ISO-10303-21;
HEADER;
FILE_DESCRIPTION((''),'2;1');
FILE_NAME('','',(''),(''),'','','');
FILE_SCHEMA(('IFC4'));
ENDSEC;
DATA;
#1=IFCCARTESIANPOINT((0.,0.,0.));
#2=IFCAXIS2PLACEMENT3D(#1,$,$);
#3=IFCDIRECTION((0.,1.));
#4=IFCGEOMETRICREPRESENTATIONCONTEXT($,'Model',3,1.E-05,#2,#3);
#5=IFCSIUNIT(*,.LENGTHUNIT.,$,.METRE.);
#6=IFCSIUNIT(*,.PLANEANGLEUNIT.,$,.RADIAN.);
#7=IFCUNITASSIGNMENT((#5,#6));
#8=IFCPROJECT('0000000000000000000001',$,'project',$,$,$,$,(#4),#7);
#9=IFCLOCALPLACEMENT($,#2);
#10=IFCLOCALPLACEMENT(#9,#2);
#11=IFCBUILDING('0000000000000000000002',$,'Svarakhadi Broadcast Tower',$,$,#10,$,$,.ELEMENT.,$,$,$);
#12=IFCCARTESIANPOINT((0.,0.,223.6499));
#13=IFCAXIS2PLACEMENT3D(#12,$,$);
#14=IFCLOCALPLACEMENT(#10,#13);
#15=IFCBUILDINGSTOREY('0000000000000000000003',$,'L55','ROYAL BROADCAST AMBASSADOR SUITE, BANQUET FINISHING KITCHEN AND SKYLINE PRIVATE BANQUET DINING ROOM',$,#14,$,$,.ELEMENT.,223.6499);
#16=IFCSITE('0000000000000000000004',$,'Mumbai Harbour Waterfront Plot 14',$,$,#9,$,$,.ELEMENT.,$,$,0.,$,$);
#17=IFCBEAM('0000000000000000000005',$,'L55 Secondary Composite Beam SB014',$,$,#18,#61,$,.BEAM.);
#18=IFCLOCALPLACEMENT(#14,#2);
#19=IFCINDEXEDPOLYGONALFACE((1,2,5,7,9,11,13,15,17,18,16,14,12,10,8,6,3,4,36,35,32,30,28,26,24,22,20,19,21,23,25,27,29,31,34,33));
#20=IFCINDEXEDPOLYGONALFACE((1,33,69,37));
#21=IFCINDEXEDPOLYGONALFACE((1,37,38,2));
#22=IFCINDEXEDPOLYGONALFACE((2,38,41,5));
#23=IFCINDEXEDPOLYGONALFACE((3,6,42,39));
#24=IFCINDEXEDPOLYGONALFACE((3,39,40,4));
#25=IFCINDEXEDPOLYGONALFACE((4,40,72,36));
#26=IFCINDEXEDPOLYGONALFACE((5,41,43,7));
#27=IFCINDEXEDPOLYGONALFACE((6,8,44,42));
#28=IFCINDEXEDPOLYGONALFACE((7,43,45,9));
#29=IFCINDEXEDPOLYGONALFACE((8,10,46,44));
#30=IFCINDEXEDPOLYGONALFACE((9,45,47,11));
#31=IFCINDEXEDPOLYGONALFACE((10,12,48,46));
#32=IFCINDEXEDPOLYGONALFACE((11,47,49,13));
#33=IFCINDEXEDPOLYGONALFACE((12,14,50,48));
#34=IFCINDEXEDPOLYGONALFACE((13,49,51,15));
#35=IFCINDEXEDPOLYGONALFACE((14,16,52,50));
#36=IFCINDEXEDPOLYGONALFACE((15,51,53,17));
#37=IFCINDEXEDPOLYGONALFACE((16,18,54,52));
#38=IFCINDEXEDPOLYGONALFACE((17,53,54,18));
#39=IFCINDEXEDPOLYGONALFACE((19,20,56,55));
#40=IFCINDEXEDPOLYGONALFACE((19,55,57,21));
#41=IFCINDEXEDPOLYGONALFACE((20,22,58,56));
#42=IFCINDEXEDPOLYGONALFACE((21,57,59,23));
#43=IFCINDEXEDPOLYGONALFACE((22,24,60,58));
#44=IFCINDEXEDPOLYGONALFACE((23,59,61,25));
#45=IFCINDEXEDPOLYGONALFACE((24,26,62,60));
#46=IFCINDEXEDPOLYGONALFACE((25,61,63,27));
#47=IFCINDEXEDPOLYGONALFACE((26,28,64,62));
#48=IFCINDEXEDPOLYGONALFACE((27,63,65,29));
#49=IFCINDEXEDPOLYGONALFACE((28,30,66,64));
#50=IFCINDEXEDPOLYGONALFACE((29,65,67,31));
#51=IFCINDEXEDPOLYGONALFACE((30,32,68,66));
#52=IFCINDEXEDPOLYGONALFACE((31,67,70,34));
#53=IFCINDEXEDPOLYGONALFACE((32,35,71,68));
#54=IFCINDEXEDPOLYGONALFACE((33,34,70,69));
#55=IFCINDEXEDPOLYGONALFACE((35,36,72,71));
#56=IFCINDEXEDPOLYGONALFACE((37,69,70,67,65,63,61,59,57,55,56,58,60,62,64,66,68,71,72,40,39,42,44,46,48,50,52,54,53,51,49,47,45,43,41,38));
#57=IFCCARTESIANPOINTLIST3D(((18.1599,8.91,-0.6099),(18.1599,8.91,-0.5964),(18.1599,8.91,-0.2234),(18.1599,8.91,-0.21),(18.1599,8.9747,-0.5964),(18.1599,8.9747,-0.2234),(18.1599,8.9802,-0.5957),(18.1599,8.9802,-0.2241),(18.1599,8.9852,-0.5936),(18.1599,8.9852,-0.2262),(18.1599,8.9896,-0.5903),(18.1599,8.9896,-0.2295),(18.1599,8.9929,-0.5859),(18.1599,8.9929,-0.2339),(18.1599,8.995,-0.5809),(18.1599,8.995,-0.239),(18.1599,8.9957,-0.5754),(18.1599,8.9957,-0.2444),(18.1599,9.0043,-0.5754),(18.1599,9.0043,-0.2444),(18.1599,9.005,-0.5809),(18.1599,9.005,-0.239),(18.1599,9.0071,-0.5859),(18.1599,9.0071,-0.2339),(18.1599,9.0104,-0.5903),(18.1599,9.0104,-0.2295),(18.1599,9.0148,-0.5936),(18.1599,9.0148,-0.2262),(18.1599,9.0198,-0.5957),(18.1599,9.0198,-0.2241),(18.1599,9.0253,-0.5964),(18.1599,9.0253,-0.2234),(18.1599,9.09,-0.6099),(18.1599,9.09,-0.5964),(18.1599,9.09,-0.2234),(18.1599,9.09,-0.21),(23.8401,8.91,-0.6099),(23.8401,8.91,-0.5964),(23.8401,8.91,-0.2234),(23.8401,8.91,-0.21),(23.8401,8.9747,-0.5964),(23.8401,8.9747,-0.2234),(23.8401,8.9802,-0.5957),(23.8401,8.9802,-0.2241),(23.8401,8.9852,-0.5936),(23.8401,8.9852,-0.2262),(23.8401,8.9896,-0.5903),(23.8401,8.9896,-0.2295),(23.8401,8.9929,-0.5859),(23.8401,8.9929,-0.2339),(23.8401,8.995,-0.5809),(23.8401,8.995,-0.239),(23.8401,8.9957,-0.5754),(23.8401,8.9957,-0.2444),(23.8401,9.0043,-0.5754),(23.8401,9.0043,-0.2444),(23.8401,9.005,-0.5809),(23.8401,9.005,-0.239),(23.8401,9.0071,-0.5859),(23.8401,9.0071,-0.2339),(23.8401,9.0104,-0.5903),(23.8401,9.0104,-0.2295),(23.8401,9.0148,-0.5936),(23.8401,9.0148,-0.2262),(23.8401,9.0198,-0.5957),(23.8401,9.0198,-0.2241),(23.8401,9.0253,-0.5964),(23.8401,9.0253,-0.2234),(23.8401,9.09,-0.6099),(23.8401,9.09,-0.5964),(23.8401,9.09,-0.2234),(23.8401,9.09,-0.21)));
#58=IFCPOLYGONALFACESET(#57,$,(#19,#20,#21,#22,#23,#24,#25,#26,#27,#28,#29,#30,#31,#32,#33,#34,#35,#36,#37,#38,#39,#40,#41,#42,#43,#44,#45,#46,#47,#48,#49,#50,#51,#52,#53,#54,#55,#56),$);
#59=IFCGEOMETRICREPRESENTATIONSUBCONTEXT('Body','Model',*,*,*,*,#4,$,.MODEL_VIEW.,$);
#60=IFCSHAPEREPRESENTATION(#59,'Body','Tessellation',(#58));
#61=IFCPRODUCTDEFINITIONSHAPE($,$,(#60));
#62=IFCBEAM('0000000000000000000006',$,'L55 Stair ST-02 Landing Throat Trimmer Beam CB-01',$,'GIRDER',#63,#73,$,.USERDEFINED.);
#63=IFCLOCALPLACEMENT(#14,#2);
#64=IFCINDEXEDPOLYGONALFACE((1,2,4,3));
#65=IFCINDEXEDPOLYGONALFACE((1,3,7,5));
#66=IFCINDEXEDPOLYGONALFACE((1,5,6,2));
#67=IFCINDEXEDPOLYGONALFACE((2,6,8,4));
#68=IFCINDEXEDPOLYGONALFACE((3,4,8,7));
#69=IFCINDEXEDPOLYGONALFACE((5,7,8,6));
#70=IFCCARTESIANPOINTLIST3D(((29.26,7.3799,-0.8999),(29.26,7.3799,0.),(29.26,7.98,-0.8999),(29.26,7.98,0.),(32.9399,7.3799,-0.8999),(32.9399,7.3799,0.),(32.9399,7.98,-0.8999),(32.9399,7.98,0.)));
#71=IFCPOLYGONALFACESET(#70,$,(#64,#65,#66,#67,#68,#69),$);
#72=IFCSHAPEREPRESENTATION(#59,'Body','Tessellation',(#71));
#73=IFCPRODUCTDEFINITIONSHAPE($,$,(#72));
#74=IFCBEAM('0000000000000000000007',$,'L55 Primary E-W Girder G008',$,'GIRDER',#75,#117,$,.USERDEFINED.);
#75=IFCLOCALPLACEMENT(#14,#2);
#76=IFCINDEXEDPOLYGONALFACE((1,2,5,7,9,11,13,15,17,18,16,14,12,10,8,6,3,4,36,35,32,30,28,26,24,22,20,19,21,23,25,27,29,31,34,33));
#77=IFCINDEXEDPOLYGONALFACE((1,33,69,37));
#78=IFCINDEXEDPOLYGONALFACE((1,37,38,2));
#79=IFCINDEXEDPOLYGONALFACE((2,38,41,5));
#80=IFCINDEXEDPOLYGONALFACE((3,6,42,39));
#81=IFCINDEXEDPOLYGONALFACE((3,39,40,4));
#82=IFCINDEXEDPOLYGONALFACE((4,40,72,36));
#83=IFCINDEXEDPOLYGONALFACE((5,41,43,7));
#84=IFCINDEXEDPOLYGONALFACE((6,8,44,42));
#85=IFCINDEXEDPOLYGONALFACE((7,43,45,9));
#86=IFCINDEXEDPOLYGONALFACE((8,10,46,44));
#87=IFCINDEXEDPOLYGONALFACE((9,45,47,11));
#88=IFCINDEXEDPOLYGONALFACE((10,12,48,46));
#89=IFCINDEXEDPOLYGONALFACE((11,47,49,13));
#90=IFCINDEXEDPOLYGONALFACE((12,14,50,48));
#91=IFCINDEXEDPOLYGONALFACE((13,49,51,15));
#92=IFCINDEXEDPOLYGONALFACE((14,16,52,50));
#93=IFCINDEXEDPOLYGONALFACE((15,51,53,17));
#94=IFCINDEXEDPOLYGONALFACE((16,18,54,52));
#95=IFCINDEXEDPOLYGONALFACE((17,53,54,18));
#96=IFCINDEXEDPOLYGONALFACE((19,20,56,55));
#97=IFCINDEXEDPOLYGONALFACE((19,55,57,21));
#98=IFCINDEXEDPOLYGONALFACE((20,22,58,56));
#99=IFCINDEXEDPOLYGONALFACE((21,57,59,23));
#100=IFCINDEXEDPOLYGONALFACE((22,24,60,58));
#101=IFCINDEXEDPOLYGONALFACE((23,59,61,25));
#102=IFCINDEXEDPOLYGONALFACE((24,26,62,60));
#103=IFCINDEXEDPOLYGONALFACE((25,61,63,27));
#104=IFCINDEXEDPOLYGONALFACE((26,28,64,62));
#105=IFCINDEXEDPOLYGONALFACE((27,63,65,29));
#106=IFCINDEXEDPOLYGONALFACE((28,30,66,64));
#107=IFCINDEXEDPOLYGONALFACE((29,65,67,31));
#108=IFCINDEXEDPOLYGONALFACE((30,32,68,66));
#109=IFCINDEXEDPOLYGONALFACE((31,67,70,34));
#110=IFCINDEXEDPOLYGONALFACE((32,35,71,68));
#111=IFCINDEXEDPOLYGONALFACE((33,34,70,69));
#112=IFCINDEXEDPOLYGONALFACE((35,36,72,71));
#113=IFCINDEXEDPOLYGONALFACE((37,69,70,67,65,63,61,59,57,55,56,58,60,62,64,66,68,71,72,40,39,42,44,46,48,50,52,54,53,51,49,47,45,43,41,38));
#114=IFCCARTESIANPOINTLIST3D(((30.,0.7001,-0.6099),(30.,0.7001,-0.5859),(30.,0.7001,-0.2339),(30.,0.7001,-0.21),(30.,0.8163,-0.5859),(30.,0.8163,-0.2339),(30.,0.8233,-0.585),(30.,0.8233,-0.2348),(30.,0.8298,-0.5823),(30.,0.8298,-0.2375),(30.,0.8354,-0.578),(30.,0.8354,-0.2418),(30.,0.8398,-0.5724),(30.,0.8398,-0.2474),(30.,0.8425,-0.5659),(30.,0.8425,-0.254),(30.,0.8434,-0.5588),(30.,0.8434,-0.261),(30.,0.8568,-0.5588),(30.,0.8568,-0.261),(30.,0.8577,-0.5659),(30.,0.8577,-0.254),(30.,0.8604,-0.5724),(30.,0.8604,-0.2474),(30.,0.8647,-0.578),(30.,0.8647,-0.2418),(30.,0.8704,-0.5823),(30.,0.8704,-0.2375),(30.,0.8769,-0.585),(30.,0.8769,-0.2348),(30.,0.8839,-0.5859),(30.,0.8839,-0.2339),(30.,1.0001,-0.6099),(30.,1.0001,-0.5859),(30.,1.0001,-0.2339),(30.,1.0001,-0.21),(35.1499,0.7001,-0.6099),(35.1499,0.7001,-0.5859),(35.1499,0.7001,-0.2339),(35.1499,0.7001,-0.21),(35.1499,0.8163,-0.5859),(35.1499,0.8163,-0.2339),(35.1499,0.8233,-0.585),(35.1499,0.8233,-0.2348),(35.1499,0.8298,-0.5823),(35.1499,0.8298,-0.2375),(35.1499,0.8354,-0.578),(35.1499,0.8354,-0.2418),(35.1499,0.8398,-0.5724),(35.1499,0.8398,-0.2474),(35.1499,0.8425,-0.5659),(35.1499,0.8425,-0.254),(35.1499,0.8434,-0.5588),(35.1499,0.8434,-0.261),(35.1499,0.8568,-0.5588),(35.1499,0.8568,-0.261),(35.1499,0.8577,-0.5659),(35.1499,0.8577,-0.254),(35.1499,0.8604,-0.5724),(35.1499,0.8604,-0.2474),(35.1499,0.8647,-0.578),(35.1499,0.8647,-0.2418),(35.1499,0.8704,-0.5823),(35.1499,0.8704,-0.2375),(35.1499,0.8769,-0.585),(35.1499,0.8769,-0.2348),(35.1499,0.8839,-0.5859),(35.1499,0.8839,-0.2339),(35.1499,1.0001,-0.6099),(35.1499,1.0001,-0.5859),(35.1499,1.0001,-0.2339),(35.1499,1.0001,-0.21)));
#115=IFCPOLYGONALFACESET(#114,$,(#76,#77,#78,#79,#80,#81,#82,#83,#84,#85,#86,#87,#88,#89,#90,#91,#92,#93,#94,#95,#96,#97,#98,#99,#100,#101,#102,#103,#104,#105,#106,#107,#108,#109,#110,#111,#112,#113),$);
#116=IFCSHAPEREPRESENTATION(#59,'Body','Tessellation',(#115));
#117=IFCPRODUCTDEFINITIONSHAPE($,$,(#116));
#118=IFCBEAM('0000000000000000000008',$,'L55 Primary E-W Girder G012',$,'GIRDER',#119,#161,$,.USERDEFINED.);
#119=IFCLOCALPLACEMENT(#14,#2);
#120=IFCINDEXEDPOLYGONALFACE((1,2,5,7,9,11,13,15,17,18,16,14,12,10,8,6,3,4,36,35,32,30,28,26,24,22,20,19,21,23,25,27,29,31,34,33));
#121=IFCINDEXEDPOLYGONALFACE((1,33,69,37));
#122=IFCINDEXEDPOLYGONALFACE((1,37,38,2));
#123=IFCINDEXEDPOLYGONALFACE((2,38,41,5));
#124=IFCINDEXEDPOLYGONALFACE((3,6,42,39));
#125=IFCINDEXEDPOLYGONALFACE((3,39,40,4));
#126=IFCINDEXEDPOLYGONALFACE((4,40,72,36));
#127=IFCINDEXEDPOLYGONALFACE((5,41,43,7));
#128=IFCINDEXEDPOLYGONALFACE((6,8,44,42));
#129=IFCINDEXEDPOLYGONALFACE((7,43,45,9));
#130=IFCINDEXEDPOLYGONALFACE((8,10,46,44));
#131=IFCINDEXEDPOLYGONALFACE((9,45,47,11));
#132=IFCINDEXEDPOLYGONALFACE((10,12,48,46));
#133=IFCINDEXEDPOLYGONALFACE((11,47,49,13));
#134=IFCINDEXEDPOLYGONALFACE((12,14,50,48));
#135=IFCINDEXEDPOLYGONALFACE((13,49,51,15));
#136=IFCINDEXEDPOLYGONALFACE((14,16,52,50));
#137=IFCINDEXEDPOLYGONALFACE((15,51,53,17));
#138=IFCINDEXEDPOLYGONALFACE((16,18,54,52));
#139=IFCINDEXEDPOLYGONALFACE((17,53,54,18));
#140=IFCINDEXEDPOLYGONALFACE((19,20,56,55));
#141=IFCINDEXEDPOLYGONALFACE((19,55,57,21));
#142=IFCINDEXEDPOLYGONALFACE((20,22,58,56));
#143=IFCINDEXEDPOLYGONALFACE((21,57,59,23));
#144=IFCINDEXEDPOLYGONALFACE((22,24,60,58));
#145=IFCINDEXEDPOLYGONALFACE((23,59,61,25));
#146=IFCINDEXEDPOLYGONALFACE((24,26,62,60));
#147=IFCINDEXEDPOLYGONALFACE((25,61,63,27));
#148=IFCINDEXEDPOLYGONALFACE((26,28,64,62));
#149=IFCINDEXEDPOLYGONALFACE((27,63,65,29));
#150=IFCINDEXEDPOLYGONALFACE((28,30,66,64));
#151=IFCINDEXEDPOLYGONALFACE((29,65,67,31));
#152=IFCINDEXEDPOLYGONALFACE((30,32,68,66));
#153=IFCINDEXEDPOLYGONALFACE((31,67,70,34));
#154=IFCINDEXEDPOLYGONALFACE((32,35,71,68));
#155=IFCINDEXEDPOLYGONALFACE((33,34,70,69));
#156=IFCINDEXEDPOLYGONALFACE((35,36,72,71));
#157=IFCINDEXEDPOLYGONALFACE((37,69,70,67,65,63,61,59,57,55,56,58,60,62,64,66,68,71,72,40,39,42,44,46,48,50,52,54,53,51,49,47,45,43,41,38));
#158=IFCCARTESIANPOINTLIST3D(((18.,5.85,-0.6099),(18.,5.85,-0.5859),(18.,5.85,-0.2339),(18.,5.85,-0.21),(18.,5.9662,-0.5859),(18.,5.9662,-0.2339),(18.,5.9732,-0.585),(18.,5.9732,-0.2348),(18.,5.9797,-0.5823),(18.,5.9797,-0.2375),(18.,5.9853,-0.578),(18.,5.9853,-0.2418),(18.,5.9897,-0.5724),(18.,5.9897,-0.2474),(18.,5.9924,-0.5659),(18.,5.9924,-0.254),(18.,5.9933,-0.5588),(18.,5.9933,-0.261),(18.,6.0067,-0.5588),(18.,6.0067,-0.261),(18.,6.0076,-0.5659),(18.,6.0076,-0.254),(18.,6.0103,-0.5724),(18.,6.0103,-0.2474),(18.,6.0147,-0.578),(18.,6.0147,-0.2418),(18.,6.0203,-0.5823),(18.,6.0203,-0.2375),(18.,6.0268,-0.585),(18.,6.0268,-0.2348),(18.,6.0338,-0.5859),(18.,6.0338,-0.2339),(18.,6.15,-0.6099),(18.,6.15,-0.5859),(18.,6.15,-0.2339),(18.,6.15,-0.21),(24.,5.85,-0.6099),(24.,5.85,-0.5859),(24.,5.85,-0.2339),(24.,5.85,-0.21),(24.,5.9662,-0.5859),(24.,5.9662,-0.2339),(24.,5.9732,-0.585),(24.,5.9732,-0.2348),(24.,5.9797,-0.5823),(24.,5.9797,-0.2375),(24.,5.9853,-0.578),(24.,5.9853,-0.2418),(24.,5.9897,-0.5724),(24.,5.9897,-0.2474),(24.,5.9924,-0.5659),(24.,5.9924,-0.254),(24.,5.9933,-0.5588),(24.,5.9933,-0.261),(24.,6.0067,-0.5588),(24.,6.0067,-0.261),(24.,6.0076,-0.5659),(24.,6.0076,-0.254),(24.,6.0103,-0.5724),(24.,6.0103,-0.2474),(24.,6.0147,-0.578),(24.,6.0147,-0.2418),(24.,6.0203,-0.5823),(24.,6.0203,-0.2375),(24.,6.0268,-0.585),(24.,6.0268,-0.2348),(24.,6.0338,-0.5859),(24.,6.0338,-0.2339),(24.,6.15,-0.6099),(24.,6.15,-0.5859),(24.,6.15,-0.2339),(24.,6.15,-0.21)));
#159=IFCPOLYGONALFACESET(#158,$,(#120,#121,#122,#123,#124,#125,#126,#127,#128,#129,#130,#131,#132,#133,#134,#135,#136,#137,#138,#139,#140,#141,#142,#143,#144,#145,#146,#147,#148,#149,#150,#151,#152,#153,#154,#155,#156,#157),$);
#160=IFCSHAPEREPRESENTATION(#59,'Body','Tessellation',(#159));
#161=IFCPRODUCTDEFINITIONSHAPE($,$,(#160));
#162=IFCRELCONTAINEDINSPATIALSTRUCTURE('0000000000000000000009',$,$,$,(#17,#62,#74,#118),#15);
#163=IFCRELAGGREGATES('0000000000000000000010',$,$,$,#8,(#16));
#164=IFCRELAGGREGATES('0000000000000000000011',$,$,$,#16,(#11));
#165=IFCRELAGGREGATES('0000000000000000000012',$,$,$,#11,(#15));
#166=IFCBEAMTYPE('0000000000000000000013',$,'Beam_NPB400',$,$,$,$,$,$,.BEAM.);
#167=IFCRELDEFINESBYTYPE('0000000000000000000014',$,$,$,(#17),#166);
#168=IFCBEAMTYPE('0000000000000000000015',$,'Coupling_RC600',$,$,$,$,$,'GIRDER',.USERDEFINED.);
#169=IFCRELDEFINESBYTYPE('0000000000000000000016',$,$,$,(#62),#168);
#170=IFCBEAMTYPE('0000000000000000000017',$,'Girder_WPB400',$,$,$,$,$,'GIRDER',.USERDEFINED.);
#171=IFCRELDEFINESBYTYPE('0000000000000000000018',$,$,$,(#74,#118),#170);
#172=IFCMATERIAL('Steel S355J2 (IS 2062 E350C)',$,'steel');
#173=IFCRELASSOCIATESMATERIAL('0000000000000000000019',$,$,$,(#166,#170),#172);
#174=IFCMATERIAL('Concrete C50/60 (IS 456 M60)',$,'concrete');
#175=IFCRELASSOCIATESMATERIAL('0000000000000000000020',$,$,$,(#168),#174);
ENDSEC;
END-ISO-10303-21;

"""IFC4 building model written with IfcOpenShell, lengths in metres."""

from ifc_helpers import new_model, si_unit, direction, frame, origin, origin_2d, place, context, subcontext, project, spatial, rectangle, i_section, extrude, material, material_profile, profile_set, type_object, element, save


model = new_model("IFC4")

# Units and contexts
model_context = context("Model", 3, precision=1e-05, world=origin(), true_north=direction((0.0, 1.0)))
body_context = subcontext(model_context, "Body", "Model", "MODEL_VIEW")
ifc_project = project(units=[si_unit("LENGTHUNIT", "METRE"), si_unit("PLANEANGLEUNIT", "RADIAN")], contexts=[model_context])

# Site, building, storey
site_placement = place(None, origin())
site = spatial("IfcSite", under=ifc_project, at=site_placement, Name="Mumbai Harbour Waterfront Plot 14", CompositionType="ELEMENT", RefElevation=0.0)
building_placement = place(site_placement, origin())
building = spatial("IfcBuilding", under=site, at=building_placement, Name="Svarakhadi Broadcast Tower", CompositionType="ELEMENT")
storey_placement = place(building_placement, frame((0.0, 0.0, 223.6499)))
storey = spatial("IfcBuildingStorey", under=building, at=storey_placement, Name="L55", Description="ROYAL BROADCAST AMBASSADOR SUITE, BANQUET FINISHING KITCHEN AND SKYLINE PRIVATE BANQUET DINING ROOM", CompositionType="ELEMENT", Elevation=223.6499)

# Shared definitions
ifc_material_1 = material(Name="Concrete C50/60 (IS 456 M60)", Category="concrete")

# Beams
ifc_material_2 = material(Name="Steel S355J2 (IS 2062 E350C)", Category="steel")
ifc_material_profile_1 = material_profile(ifc_material_2, i_section(OverallWidth=0.1799, OverallDepth=0.3999, WebThickness=0.0085, FlangeThickness=0.0134, FilletRadius=0.021, at=origin_2d()), Name="NPB 400x180x66")
ifc_profile_set_1 = profile_set([ifc_material_profile_1], Name="Steel S355J2 (IS 2062 E350C)")
beam_type_1 = type_object("IfcBeamType", Name="Beam_NPB400", PredefinedType="BEAM", material=ifc_profile_set_1)
for number, where, z_axis, x_axis, name in (
    (1, (18.1599, 9.0, -0.4099), (1.0, 0.0, 0.0), (0.0, 1.0, 0.0), "L55 Secondary Composite Beam SB014"),
):
    element("IfcBeam", number, at=place(storey_placement, frame(where, z_axis=z_axis, x_axis=x_axis)), inside=storey, type_object=beam_type_1, Name=name, PredefinedType="BEAM", context=body_context, shape_type="SweptSolid", body=[
        extrude(i_section(OverallWidth=0.1799, OverallDepth=0.3999, WebThickness=0.0085, FlangeThickness=0.0134, FilletRadius=0.021, at=origin_2d()), origin(), (0.0, 0.0, 1.0), 5.6802),
    ])
ifc_material_profile_2 = material_profile(ifc_material_1, rectangle(XDim=0.6001, YDim=0.8999, at=origin_2d()), Name="RC 600x900")
ifc_profile_set_2 = profile_set([ifc_material_profile_2], Name="Concrete C50/60 (IS 456 M60)")
beam_type_2 = type_object("IfcBeamType", Name="Coupling_RC600", ElementType="GIRDER", PredefinedType="USERDEFINED", material=ifc_profile_set_2)
beam_1_placement = place(storey_placement, frame((29.26, 7.6799, -0.45), z_axis=(1.0, 0.0, 0.0), x_axis=(0.0, 1.0, 0.0)))
element("IfcBeam", 2, at=beam_1_placement, inside=storey, type_object=beam_type_2, Name="L55 Stair ST-02 Landing Throat Trimmer Beam CB-01", ObjectType="GIRDER", PredefinedType="USERDEFINED", context=body_context, shape_type="SweptSolid", body=[
    extrude(rectangle(XDim=0.6001, YDim=0.8999, at=origin_2d()), origin(), (0.0, 0.0, 1.0), 3.6799),
])
ifc_material_profile_3 = material_profile(ifc_material_2, i_section(OverallWidth=0.3, OverallDepth=0.3999, WebThickness=0.0134, FlangeThickness=0.0239, FilletRadius=0.0271, at=origin_2d()), Name="WPB 400x300x155")
ifc_profile_set_3 = profile_set([ifc_material_profile_3], Name="Steel S355J2 (IS 2062 E350C)")
beam_type_3 = type_object("IfcBeamType", Name="Girder_WPB400", ElementType="GIRDER", PredefinedType="USERDEFINED", material=ifc_profile_set_3)
beam_2_placement = place(storey_placement, frame((30.0, 0.8501, -0.4099), z_axis=(1.0, 0.0, 0.0), x_axis=(0.0, 1.0, 0.0)))
element("IfcBeam", 3, at=beam_2_placement, inside=storey, type_object=beam_type_3, Name="L55 Primary E-W Girder G008", ObjectType="GIRDER", PredefinedType="USERDEFINED", context=body_context, shape_type="SweptSolid", body=[
    extrude(i_section(OverallWidth=0.3, OverallDepth=0.3999, WebThickness=0.0134, FlangeThickness=0.0239, FilletRadius=0.0271, at=origin_2d()), origin(), (0.0, 0.0, 1.0), 5.1499),
])
for number, where, z_axis, x_axis, name in (
    (4, (18.0, 6.0, -0.4099), (1.0, 0.0, 0.0), (0.0, 1.0, 0.0), "L55 Primary E-W Girder G012"),
):
    element("IfcBeam", number, at=place(storey_placement, frame(where, z_axis=z_axis, x_axis=x_axis)), inside=storey, type_object=beam_type_3, Name=name, ObjectType="GIRDER", PredefinedType="USERDEFINED", context=body_context, shape_type="SweptSolid", body=[
        extrude(i_section(OverallWidth=0.3, OverallDepth=0.3999, WebThickness=0.0134, FlangeThickness=0.0239, FilletRadius=0.0271, at=origin_2d()), origin(), (0.0, 0.0, 1.0), 6.0),
    ])

save(model, "model.ifc")
